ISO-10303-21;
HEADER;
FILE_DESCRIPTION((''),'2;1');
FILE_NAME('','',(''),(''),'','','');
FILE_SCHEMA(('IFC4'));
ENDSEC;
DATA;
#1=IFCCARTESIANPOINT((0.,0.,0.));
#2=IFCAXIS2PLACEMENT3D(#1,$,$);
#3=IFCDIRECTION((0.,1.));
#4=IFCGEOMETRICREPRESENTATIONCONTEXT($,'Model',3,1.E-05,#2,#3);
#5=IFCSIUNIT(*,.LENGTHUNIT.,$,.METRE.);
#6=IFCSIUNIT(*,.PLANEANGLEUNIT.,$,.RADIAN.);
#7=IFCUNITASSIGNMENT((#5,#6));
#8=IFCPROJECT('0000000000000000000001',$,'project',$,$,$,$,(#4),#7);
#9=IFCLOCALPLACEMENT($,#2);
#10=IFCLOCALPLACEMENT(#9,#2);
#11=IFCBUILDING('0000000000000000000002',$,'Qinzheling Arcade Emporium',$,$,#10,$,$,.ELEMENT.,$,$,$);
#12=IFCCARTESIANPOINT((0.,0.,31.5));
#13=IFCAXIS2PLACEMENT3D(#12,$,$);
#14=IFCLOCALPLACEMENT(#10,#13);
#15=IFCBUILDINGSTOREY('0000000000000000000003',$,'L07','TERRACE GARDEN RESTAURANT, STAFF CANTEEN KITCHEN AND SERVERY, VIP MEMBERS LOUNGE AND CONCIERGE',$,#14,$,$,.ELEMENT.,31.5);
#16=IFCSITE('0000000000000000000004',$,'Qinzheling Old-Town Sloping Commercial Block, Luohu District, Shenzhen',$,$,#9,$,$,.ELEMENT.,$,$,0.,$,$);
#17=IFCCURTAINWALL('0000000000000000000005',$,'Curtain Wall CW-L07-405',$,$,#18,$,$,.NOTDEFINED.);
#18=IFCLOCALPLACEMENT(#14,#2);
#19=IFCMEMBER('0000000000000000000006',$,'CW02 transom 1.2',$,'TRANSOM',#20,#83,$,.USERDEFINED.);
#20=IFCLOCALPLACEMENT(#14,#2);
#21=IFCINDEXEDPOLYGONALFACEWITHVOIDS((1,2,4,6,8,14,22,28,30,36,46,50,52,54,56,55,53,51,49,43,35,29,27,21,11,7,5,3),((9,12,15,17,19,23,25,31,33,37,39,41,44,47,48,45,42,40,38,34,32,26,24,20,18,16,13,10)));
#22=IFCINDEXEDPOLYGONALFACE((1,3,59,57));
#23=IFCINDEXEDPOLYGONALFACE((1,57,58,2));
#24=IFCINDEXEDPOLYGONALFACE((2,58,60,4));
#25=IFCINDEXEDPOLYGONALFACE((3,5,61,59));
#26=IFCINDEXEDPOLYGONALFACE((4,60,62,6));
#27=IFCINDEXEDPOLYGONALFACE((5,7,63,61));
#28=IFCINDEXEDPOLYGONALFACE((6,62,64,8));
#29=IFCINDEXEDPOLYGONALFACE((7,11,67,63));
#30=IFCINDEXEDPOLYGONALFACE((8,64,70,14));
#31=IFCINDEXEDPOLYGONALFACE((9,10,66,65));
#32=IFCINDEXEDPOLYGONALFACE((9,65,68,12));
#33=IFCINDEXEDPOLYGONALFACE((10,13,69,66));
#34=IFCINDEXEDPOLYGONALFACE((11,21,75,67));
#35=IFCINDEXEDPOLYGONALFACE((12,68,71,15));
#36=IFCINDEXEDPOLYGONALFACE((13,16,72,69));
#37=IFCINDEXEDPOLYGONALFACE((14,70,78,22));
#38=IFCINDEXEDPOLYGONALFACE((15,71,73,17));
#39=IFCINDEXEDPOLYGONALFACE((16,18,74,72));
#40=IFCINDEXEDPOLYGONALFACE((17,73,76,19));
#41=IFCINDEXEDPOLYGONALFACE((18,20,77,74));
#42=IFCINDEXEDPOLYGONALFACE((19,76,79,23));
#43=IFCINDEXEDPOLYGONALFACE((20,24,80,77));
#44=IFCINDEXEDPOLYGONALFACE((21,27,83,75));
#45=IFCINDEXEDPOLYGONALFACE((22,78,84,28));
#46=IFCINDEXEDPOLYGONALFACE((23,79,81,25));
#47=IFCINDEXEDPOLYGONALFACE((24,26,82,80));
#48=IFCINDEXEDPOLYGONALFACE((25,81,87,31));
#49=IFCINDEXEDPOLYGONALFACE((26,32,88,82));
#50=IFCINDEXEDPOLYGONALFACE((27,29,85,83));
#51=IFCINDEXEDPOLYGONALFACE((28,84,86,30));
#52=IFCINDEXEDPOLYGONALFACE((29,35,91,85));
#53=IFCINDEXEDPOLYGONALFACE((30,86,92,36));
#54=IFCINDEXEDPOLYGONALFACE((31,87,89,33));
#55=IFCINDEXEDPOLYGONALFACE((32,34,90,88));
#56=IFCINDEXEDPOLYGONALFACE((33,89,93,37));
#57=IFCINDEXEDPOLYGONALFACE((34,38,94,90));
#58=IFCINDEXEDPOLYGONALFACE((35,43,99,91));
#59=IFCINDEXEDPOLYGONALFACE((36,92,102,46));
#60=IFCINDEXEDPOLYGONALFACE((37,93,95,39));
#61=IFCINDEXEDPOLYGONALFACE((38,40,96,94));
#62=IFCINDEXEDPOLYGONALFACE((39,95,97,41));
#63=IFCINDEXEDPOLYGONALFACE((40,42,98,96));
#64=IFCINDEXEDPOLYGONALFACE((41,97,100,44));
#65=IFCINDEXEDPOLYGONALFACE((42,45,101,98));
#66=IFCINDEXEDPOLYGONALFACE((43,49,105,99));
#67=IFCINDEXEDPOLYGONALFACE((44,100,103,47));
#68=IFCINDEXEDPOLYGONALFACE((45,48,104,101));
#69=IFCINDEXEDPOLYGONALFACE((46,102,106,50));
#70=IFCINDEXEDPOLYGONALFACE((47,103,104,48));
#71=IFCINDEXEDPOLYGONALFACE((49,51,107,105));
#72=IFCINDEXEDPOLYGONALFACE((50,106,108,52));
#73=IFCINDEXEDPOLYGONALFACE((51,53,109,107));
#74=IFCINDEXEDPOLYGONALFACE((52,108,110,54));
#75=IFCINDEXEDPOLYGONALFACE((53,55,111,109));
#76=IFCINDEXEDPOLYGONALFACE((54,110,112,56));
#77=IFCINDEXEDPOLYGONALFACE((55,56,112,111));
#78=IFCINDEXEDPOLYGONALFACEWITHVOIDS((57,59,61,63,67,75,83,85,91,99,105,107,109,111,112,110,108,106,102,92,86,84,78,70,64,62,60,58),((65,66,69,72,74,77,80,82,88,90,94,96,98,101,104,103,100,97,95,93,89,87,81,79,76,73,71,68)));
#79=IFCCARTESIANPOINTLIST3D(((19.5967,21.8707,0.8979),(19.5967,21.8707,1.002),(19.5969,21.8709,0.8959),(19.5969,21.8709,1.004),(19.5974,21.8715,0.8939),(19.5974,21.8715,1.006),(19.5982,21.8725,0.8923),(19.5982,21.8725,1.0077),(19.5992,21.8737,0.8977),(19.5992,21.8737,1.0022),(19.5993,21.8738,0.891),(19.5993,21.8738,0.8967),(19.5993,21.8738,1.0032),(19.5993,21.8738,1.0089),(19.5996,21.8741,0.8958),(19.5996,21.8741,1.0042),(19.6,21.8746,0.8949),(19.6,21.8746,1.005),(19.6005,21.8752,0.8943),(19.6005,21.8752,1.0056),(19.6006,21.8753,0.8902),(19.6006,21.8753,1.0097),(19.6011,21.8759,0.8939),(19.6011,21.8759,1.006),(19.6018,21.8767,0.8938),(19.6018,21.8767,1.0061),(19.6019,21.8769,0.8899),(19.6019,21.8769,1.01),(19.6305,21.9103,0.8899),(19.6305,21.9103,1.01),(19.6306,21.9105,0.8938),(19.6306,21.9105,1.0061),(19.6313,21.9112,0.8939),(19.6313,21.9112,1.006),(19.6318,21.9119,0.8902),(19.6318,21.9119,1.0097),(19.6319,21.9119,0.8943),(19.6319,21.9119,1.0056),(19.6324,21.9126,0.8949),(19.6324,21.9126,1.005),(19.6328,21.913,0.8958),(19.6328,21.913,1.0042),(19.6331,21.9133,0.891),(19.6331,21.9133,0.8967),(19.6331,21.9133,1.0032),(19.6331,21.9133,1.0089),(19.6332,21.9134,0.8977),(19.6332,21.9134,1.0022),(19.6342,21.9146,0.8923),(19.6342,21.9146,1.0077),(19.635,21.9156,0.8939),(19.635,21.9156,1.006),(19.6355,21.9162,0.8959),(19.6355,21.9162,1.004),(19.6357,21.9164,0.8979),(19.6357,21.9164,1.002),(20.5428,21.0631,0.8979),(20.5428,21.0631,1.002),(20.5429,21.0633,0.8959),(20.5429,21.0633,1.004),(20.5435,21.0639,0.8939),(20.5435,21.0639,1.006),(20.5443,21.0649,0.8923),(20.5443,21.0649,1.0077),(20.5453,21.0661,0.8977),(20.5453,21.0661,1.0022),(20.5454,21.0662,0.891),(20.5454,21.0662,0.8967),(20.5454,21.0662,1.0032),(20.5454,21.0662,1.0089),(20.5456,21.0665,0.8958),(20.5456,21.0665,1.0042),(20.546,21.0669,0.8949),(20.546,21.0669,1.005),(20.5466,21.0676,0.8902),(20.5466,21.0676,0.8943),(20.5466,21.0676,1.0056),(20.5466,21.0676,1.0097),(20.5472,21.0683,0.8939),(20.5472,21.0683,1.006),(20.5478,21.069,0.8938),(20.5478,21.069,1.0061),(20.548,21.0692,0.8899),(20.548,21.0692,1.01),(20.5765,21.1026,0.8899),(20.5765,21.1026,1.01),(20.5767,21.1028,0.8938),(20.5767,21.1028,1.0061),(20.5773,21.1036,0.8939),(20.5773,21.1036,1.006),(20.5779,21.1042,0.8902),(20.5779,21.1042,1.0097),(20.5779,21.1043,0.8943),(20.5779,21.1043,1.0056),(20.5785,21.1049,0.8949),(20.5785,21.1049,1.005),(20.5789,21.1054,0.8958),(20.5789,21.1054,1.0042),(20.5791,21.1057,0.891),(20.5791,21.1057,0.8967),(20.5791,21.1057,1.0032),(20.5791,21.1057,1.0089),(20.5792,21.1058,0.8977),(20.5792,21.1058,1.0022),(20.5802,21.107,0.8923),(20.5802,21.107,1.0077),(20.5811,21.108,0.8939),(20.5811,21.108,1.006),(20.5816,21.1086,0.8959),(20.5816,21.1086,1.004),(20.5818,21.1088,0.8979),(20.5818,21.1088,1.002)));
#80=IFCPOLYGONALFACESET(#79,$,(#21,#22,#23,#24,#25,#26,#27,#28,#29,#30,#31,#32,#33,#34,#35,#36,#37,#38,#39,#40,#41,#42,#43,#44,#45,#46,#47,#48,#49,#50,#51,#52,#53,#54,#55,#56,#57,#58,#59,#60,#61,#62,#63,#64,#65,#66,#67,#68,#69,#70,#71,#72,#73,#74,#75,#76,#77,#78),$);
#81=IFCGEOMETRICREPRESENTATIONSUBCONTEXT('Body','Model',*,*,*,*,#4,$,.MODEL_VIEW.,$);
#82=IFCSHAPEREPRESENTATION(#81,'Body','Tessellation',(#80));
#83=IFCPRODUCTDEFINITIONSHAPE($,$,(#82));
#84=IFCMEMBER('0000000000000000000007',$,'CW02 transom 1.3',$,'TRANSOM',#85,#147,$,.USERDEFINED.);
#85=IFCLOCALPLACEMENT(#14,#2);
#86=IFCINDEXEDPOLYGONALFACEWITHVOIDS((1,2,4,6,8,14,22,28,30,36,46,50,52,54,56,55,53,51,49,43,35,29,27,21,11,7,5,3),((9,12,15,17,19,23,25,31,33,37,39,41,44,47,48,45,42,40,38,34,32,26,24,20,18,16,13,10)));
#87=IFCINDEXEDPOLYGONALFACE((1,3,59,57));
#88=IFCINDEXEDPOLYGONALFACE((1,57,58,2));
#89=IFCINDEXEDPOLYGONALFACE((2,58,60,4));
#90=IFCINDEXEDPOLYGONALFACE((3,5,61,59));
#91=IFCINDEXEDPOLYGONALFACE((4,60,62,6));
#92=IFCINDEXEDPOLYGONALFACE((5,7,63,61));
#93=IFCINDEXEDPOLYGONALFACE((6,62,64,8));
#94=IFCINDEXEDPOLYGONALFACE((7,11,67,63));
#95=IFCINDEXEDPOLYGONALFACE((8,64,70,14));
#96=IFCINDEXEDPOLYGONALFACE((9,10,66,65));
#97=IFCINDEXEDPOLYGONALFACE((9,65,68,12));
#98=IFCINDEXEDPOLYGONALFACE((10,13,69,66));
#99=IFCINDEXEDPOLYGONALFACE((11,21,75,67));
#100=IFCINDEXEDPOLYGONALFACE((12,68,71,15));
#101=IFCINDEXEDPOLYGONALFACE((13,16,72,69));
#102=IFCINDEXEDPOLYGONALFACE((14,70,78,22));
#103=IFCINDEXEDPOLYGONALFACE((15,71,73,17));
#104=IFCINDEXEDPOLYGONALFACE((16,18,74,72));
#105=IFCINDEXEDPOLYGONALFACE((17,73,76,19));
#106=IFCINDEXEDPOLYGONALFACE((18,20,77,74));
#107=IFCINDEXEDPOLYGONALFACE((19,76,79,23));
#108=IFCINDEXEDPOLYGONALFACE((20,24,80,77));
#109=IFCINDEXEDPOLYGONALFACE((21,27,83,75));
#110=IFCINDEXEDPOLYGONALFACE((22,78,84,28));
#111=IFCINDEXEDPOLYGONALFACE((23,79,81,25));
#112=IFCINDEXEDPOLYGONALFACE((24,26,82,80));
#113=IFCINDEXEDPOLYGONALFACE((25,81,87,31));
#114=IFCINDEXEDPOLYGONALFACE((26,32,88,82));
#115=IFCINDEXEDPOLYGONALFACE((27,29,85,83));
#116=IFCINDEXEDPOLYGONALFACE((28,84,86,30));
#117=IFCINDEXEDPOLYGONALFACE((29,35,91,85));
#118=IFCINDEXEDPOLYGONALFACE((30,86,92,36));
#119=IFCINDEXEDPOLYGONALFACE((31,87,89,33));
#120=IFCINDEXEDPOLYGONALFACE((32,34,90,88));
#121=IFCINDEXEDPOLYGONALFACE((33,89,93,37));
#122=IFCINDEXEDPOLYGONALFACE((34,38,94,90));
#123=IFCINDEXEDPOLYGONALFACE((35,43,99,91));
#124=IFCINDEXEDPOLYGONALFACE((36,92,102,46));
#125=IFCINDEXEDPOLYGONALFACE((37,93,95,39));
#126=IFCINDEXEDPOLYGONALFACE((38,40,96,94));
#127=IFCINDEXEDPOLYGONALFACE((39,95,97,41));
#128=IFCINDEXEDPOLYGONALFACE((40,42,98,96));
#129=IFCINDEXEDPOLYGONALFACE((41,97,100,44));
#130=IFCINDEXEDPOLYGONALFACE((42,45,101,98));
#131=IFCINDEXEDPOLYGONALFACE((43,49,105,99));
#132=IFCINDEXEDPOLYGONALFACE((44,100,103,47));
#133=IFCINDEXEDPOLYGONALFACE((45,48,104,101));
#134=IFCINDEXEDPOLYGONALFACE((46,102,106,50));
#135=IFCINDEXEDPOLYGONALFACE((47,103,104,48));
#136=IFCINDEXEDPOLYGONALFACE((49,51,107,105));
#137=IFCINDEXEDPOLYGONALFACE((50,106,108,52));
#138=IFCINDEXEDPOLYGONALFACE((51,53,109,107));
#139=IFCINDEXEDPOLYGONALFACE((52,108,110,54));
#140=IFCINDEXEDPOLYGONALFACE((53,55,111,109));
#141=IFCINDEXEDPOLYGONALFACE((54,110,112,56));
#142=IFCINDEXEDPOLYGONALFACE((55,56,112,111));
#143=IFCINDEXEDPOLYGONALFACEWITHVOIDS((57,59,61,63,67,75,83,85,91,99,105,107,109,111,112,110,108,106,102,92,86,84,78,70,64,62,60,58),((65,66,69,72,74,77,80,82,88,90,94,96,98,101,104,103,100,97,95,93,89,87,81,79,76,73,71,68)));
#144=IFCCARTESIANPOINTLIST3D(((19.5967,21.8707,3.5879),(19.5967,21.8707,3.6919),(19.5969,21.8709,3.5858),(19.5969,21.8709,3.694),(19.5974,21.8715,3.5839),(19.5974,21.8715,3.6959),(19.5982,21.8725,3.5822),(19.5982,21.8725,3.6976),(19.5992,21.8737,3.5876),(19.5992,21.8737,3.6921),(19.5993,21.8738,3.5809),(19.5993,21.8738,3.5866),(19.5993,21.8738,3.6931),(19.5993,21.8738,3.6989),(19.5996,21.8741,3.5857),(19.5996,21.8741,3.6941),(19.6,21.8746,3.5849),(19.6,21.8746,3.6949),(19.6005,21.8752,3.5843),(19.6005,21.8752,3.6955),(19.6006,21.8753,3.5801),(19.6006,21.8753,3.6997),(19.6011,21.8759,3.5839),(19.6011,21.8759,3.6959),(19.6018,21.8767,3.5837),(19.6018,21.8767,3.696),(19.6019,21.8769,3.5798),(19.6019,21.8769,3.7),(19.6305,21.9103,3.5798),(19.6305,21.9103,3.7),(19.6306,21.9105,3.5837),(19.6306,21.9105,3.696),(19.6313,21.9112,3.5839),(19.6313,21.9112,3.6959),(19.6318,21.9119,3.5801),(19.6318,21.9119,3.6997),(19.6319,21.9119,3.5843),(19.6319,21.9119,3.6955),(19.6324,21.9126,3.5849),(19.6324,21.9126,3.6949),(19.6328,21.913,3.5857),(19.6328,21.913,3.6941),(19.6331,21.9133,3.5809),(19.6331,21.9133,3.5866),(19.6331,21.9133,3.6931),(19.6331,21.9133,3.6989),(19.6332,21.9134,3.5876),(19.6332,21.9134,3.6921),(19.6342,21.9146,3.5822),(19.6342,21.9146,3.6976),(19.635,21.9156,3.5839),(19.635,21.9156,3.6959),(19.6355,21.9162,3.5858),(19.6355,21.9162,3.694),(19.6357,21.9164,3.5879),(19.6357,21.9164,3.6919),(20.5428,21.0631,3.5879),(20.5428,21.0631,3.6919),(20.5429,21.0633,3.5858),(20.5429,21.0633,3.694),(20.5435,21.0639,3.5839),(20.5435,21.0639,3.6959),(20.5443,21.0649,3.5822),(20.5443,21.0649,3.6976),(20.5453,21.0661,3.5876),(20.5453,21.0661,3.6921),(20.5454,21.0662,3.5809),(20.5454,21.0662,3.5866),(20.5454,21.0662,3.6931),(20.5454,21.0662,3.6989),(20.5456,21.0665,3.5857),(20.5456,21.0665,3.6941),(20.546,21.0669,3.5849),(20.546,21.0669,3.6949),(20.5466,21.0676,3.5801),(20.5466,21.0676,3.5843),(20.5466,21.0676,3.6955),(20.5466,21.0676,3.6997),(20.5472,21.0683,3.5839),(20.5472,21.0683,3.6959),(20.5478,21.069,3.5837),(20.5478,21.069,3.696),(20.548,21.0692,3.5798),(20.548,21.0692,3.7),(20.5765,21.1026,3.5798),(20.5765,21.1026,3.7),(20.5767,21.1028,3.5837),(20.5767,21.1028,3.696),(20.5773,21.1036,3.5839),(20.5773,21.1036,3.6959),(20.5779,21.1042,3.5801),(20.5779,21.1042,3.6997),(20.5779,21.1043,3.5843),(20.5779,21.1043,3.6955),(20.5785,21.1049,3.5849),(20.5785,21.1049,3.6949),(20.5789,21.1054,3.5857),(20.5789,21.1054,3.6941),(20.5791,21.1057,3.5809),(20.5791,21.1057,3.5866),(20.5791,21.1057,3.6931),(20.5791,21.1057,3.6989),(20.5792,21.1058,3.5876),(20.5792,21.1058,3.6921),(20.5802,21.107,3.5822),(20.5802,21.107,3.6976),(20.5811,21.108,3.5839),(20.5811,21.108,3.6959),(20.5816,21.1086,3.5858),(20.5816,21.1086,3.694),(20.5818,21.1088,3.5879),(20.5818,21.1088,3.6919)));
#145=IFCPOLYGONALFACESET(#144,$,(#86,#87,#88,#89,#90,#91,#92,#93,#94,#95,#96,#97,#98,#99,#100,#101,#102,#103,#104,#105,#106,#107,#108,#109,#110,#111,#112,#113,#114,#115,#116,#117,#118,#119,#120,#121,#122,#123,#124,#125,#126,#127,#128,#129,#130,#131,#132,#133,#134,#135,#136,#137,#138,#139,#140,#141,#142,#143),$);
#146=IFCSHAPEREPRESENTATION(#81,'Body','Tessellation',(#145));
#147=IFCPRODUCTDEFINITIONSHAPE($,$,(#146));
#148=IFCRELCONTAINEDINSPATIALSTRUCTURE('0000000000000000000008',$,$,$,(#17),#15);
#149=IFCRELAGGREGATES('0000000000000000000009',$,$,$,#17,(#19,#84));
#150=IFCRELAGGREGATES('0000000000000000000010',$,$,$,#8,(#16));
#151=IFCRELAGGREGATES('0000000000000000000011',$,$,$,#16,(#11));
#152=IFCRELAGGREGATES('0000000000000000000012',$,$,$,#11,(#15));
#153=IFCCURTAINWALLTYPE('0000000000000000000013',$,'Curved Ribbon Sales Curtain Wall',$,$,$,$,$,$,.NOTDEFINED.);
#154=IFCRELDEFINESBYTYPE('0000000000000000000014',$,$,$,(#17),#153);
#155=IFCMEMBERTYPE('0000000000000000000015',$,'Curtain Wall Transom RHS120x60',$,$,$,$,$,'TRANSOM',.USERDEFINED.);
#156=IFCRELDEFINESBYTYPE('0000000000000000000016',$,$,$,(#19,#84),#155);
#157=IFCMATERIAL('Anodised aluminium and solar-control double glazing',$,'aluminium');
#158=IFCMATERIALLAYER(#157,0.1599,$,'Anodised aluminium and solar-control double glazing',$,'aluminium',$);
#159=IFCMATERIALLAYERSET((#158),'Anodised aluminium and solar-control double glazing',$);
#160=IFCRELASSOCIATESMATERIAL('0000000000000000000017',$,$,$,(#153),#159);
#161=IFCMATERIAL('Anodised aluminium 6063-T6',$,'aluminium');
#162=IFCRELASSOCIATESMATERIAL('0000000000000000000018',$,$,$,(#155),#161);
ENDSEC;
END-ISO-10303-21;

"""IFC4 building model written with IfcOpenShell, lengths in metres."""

from ifc_helpers import new_model, si_unit, direction, frame, origin, origin_2d, place, context, subcontext, project, spatial, hollow_rectangle, extrude, material, layer, layer_set, material_profile, profile_set, type_object, element, aggregate, save


model = new_model("IFC4")

# Units and contexts
model_context = context("Model", 3, precision=1e-05, world=origin(), true_north=direction((0.0, 1.0)))
body_context = subcontext(model_context, "Body", "Model", "MODEL_VIEW")
ifc_project = project(units=[si_unit("LENGTHUNIT", "METRE"), si_unit("PLANEANGLEUNIT", "RADIAN")], contexts=[model_context])

# Site, building, storey
site_placement = place(None, origin())
site = spatial("IfcSite", under=ifc_project, at=site_placement, Name="Qinzheling Old-Town Sloping Commercial Block, Luohu District, Shenzhen", CompositionType="ELEMENT", RefElevation=0.0)
building_placement = place(site_placement, origin())
building = spatial("IfcBuilding", under=site, at=building_placement, Name="Qinzheling Arcade Emporium", CompositionType="ELEMENT")
storey_placement = place(building_placement, frame((0.0, 0.0, 31.5)))
storey = spatial("IfcBuildingStorey", under=building, at=storey_placement, Name="L07", Description="TERRACE GARDEN RESTAURANT, STAFF CANTEEN KITCHEN AND SERVERY, VIP MEMBERS LOUNGE AND CONCIERGE", CompositionType="ELEMENT", Elevation=31.5)

# Shared definitions
ifc_material_1 = material(Name="Anodised aluminium and solar-control double glazing", Category="aluminium")
ifc_layer_1 = layer(ifc_material_1, 0.1599, Name="Anodised aluminium and solar-control double glazing", Category="aluminium")
ifc_layer_set_1 = layer_set([ifc_layer_1], Name="Anodised aluminium and solar-control double glazing")
curtain_wall_type = type_object("IfcCurtainWallType", Name="Curved Ribbon Sales Curtain Wall", PredefinedType="NOTDEFINED", material=ifc_layer_set_1)
ifc_material_2 = material(Name="Anodised aluminium 6063-T6", Category="aluminium")

# Curtain wall
curtain_wall_1_placement = place(storey_placement, origin())
curtain_wall_1 = element("IfcCurtainWall", 1, at=curtain_wall_1_placement, inside=storey, type_object=curtain_wall_type, Name="Curtain Wall CW-L07-405", PredefinedType="NOTDEFINED")

# Members
ifc_material_profile_1 = material_profile(ifc_material_2, hollow_rectangle(XDim=0.0601, YDim=0.1201, WallThickness=0.0039, InnerFilletRadius=0.0039, OuterFilletRadius=0.0081, at=origin_2d()), Name="RHS 120x60x4", Category="aluminium")
ifc_profile_set_1 = profile_set([ifc_material_profile_1], Name="Anodised aluminium 6063-T6")
member_type_1 = type_object("IfcMemberType", Name="Curtain Wall Transom RHS120x60", ElementType="TRANSOM", PredefinedType="USERDEFINED", material=ifc_profile_set_1)
member_1_placement = place(storey_placement, frame((20.5623, 21.0859, 0.95), z_axis=(-0.760557, 0.649271, 0.0), x_axis=(-0.649271, -0.760557, 0.0)))
member_1 = element("IfcMember", 2, at=member_1_placement, type_object=member_type_1, Name="CW02 transom 1.2", ObjectType="TRANSOM", PredefinedType="USERDEFINED", context=body_context, shape_type="SweptSolid", body=[
    extrude(hollow_rectangle(XDim=0.0601, YDim=0.1201, WallThickness=0.0039, InnerFilletRadius=0.0039, OuterFilletRadius=0.0081, at=origin_2d()), origin(), (0.0, 0.0, 1.0), 1.2439),
])
member_2_placement = place(storey_placement, frame((20.5623, 21.0859, 3.6399), z_axis=(-0.760557, 0.649271, 0.0), x_axis=(-0.649271, -0.760557, 0.0)))
member_2 = element("IfcMember", 3, at=member_2_placement, type_object=member_type_1, Name="CW02 transom 1.3", ObjectType="TRANSOM", PredefinedType="USERDEFINED", context=body_context, shape_type="SweptSolid", body=[
    extrude(hollow_rectangle(XDim=0.0601, YDim=0.1201, WallThickness=0.0039, InnerFilletRadius=0.0039, OuterFilletRadius=0.0081, at=origin_2d()), origin(), (0.0, 0.0, 1.0), 1.2439),
])

aggregate(curtain_wall_1, [member_1, member_2])

save(model, "model.ifc")
